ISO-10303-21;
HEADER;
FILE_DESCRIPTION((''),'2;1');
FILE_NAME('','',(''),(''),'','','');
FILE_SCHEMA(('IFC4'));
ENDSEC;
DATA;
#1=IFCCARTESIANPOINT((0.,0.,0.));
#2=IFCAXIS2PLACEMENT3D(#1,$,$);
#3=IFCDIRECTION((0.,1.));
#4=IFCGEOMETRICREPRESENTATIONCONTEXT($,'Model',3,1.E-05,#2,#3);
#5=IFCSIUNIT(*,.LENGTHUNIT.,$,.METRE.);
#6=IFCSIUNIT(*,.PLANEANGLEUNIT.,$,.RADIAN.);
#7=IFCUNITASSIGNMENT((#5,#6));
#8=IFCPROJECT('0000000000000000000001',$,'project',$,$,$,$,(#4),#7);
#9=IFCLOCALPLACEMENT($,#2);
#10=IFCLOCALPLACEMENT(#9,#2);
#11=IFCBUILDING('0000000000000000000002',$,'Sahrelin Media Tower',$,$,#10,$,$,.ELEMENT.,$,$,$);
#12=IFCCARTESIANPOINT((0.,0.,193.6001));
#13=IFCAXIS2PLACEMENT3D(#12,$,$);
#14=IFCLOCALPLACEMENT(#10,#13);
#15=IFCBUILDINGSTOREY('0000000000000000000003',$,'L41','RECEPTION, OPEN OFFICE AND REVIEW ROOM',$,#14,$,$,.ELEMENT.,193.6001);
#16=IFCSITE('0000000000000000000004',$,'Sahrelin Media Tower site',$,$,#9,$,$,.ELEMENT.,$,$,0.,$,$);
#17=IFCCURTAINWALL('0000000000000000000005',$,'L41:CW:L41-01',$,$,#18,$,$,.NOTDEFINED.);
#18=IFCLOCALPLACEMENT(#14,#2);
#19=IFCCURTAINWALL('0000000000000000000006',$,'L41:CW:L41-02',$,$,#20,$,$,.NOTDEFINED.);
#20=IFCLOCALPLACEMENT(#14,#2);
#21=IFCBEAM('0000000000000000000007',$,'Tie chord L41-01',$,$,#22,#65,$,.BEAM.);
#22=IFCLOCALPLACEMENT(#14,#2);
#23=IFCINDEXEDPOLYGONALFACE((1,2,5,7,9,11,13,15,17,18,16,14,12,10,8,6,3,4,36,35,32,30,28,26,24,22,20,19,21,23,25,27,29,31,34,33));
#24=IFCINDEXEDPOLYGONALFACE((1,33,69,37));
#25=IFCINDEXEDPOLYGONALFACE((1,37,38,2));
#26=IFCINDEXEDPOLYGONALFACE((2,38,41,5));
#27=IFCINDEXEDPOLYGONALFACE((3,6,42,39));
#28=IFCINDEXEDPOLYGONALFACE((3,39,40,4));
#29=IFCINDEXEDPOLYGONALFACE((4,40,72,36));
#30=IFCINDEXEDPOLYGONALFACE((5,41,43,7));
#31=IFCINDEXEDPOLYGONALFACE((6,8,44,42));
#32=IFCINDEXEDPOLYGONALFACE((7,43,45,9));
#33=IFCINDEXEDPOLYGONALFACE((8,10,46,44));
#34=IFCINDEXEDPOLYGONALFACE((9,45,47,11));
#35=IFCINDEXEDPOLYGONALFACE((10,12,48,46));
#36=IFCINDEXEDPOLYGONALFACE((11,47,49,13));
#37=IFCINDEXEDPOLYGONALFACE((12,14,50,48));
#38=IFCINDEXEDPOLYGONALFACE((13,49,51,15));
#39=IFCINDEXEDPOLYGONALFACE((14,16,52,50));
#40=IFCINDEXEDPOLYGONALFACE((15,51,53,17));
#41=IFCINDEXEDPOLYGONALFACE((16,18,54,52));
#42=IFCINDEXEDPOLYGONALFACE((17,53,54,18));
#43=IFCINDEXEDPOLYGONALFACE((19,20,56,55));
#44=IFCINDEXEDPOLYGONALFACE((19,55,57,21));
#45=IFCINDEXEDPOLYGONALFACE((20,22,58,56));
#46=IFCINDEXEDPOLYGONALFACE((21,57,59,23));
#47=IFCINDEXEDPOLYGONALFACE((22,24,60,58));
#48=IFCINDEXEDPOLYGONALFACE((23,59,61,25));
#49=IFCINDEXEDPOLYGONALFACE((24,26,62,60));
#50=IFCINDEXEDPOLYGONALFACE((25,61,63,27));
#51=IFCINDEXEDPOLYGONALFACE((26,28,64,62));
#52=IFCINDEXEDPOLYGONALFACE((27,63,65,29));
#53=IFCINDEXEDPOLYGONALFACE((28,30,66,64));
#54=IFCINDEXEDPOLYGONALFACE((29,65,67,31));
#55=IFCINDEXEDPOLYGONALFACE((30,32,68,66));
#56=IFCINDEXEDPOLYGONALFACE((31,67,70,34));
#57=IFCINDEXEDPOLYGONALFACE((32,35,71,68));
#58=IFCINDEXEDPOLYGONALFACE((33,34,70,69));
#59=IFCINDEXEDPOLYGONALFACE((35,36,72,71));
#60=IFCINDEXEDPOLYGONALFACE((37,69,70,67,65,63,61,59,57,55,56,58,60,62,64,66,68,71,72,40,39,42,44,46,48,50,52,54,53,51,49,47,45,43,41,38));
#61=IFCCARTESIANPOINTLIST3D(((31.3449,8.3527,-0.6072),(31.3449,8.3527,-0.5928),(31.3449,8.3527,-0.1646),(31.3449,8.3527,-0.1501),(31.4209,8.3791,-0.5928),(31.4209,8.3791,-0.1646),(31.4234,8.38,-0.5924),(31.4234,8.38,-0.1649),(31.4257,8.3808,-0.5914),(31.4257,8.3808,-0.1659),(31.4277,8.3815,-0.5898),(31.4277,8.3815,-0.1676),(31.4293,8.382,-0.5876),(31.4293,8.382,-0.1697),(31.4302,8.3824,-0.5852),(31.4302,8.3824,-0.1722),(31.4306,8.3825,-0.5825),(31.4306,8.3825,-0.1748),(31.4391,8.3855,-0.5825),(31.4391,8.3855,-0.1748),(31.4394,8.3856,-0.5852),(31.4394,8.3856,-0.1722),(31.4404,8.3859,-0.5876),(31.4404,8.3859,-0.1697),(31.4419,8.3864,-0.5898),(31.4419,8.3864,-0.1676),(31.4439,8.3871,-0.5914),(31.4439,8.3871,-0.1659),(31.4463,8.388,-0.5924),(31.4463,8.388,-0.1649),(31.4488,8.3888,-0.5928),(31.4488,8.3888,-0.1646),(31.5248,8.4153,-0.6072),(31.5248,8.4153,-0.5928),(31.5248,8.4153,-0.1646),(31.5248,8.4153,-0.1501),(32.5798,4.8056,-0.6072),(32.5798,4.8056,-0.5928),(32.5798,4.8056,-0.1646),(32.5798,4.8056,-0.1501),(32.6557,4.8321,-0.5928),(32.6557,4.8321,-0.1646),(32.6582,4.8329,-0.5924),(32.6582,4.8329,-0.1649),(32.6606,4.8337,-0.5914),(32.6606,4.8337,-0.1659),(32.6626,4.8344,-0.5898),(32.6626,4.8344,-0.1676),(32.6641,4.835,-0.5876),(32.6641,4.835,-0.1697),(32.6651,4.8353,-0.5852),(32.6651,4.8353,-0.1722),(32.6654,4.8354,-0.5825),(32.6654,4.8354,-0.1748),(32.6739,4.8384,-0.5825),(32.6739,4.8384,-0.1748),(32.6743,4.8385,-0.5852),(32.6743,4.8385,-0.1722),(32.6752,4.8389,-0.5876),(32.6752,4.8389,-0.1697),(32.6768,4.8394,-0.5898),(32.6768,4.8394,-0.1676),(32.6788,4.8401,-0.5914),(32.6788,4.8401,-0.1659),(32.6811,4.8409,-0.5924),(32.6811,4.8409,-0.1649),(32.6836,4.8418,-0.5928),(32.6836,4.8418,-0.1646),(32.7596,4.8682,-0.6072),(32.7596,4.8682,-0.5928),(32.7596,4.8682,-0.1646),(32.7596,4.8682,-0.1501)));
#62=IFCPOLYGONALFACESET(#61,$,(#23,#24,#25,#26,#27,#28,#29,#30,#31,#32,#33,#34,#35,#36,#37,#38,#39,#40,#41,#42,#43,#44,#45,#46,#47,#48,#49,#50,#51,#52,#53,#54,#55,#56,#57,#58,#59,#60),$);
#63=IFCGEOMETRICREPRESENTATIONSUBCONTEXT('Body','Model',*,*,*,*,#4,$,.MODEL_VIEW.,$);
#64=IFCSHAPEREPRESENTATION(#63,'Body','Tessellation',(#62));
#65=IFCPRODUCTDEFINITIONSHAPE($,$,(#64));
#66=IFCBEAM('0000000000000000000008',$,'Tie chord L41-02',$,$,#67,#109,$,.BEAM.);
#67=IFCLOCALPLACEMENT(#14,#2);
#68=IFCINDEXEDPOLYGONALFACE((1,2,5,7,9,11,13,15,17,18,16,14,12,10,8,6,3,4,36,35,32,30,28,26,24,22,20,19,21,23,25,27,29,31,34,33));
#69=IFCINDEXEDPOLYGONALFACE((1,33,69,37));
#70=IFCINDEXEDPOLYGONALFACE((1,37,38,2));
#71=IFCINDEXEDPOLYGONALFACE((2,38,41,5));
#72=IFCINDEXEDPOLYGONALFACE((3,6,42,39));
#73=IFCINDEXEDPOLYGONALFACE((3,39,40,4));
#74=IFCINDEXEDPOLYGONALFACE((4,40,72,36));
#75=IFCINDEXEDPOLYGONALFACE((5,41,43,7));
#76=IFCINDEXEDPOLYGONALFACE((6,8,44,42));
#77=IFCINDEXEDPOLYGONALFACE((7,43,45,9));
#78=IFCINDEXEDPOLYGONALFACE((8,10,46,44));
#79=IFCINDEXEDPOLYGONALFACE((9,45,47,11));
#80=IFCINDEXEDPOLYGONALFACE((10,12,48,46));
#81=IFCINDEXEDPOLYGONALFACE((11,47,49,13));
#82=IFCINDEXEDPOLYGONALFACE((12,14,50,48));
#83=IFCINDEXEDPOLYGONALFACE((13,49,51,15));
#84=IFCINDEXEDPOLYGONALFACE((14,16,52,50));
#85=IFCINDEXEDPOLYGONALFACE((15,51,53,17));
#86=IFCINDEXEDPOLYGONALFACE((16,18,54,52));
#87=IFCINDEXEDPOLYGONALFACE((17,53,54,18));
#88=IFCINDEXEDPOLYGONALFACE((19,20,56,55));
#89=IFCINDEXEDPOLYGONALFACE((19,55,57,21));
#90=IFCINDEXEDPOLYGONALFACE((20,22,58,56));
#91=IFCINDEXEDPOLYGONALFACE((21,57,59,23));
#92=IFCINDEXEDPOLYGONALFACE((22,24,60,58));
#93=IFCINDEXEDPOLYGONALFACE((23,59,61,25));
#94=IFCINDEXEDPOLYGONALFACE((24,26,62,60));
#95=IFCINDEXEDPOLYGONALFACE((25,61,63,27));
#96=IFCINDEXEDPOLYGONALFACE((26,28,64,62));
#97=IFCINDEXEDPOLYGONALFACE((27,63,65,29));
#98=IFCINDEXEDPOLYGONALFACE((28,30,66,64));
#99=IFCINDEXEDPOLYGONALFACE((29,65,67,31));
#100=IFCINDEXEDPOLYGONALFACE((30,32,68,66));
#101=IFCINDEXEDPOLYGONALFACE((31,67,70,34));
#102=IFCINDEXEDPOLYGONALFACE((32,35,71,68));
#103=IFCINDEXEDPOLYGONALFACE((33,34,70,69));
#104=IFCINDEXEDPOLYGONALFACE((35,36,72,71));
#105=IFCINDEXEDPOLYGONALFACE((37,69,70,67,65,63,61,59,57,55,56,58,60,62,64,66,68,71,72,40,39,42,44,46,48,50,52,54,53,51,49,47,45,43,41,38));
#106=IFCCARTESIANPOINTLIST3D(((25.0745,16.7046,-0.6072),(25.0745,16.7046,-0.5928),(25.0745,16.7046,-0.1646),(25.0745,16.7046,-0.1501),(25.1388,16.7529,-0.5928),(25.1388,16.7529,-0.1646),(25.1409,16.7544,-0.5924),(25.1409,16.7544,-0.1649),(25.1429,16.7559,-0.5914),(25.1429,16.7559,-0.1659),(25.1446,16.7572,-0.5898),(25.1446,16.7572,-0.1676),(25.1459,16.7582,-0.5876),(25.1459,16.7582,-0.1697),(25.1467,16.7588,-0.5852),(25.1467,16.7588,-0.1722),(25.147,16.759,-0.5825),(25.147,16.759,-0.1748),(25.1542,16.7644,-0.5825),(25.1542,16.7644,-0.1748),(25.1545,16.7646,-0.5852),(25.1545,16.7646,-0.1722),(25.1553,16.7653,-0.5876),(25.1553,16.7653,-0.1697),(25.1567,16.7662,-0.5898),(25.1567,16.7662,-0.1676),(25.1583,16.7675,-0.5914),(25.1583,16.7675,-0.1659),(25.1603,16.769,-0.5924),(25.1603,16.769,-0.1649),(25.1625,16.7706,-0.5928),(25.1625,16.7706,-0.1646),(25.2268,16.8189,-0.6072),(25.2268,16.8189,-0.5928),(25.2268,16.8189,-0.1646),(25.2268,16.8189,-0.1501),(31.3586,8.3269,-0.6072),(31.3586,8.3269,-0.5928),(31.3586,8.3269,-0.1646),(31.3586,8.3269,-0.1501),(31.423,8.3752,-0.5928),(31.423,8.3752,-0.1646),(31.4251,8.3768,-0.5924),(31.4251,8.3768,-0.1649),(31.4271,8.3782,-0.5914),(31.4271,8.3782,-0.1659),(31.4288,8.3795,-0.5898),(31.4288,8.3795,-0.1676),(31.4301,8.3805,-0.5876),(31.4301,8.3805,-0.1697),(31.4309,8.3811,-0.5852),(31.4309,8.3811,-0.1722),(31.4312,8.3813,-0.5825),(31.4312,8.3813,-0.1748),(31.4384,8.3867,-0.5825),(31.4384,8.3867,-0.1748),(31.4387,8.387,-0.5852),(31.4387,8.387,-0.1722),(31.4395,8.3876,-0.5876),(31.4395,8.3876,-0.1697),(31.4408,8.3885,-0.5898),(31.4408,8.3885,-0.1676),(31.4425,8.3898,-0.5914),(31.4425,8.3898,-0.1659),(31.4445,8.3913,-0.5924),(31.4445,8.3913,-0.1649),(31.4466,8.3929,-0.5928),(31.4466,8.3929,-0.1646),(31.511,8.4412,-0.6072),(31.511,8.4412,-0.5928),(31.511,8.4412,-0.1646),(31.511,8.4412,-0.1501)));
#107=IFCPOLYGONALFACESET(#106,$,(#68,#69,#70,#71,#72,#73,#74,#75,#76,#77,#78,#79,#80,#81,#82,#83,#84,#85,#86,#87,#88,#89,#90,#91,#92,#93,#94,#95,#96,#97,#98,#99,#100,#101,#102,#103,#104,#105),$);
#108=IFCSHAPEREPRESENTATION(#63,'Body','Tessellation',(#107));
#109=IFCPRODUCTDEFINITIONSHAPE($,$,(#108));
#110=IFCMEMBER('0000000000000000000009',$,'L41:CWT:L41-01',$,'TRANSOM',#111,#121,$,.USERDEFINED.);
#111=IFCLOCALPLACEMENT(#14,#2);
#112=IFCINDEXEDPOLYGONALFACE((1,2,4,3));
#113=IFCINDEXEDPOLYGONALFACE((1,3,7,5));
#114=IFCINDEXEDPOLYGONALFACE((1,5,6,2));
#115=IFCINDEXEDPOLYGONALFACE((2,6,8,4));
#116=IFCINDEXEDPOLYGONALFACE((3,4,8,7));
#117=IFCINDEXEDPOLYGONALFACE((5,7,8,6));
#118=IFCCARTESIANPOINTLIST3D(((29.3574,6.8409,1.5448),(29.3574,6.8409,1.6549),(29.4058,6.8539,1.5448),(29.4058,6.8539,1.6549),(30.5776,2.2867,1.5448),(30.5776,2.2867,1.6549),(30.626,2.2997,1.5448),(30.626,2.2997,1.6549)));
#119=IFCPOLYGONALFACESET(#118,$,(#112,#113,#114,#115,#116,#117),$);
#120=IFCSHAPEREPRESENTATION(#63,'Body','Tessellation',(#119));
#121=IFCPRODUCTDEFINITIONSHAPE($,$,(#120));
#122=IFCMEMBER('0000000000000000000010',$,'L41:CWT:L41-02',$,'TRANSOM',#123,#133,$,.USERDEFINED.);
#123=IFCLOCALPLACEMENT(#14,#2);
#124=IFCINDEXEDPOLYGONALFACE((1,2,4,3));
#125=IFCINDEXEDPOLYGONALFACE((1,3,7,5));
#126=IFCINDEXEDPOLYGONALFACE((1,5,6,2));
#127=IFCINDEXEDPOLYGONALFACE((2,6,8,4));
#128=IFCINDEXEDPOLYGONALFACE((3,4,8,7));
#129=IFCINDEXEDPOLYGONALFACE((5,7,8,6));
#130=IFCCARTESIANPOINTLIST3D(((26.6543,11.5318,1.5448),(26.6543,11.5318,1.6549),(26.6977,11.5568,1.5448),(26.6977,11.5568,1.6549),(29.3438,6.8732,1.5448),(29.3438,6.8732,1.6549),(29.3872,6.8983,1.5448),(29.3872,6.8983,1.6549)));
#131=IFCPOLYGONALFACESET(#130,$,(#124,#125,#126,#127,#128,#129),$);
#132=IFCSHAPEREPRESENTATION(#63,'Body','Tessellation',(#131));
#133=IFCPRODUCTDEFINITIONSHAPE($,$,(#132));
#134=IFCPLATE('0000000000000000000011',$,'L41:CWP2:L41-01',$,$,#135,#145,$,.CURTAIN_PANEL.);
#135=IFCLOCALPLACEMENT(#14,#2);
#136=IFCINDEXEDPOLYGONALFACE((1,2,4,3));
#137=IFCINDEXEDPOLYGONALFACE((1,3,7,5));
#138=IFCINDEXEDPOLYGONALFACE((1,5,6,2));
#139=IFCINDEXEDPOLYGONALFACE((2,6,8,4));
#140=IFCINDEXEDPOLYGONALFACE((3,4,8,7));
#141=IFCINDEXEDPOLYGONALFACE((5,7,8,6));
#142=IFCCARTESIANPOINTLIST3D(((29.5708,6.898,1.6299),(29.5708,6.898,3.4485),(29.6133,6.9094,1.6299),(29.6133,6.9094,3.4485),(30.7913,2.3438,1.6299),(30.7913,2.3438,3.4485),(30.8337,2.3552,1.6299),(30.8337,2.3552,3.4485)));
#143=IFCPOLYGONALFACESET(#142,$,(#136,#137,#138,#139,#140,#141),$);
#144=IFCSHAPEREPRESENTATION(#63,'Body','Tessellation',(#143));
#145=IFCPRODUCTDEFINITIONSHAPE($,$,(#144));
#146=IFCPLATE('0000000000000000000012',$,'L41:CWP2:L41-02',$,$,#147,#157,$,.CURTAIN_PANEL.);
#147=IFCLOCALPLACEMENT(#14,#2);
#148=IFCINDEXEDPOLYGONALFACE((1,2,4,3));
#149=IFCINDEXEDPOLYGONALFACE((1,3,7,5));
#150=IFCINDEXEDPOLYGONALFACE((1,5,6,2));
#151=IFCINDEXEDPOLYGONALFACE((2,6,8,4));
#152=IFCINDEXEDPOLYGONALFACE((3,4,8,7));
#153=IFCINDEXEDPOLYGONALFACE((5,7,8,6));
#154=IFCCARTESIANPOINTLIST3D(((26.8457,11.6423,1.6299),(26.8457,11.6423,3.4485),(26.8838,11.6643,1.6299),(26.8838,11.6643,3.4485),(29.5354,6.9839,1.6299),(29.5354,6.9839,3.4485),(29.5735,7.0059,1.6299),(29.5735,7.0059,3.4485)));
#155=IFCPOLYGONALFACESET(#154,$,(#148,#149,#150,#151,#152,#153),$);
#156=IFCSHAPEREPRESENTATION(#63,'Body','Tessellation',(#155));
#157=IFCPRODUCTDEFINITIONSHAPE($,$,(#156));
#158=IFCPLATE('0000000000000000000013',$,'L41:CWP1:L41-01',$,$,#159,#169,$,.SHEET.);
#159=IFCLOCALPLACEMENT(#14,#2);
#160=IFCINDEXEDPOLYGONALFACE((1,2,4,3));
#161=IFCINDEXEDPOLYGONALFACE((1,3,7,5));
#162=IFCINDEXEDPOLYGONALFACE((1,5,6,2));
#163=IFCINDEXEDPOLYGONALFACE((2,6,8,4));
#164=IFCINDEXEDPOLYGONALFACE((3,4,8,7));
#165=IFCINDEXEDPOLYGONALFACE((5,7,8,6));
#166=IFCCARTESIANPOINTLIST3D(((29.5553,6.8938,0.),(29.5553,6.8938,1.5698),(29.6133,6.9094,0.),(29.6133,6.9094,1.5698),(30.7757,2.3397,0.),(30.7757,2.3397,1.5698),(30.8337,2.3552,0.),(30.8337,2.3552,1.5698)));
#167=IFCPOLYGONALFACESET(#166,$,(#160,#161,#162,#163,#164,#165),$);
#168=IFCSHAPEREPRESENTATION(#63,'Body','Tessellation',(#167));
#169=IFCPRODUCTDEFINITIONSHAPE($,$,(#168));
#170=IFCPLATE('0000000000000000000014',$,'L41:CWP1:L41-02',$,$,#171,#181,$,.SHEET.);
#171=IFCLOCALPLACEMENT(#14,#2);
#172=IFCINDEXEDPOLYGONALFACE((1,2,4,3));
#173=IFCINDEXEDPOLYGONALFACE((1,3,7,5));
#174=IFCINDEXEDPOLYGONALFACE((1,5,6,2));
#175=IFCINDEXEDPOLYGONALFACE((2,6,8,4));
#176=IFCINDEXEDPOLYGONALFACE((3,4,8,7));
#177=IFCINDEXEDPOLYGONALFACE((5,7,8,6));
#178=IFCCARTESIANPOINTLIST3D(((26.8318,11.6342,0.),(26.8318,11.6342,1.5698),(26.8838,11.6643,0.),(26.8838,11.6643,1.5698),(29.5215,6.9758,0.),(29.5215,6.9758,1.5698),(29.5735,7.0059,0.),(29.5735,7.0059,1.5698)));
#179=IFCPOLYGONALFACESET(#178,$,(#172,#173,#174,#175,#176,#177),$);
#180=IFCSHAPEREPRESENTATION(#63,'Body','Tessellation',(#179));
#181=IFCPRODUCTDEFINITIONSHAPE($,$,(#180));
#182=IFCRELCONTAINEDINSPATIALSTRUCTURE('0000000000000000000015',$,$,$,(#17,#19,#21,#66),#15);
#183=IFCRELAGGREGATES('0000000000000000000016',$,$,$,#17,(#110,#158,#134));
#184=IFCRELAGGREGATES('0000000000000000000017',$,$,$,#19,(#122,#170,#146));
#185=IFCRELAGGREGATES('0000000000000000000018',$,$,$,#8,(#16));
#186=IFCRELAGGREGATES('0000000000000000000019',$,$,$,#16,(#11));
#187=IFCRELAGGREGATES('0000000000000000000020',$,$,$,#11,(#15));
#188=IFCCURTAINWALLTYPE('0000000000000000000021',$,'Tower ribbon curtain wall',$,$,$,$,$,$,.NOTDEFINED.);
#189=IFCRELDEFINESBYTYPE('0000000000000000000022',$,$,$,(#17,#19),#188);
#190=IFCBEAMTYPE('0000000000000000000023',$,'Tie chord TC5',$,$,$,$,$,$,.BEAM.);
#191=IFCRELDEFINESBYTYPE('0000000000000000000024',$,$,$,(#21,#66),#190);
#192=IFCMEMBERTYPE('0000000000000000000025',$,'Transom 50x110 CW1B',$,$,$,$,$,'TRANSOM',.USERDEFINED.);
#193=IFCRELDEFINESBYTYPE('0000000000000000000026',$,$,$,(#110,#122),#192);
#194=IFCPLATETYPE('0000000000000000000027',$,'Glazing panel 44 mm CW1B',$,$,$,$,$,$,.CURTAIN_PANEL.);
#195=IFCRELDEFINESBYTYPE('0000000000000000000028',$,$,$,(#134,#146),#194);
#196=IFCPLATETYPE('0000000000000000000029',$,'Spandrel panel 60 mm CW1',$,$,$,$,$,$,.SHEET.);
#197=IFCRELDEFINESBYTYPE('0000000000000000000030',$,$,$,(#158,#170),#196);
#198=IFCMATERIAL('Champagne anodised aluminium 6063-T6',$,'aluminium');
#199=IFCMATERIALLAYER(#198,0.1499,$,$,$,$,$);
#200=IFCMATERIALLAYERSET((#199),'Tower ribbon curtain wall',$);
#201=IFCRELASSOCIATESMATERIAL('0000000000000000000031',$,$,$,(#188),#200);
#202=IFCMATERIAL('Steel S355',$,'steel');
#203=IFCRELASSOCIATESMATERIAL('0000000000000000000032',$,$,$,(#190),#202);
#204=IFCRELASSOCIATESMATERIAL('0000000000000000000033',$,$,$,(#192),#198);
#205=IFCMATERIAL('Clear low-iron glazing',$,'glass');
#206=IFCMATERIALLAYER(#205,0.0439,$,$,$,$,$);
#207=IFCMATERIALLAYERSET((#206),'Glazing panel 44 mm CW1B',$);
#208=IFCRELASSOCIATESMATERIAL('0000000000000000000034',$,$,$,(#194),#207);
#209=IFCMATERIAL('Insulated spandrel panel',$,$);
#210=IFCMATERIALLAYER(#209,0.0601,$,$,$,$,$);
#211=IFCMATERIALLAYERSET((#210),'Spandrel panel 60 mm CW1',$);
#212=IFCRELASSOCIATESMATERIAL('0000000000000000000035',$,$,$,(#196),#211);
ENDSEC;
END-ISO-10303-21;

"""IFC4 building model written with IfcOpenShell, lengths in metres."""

from ifc_helpers import new_model, si_unit, direction, frame, origin, origin_2d, place, context, subcontext, project, spatial, polyline, rectangle, i_section, outline, extrude, material, layer, layer_set, material_profile, profile_set, type_object, element, aggregate, save


model = new_model("IFC4")

# Units and contexts
model_context = context("Model", 3, precision=1e-05, world=origin(), true_north=direction((0.0, 1.0)))
body_context = subcontext(model_context, "Body", "Model", "MODEL_VIEW")
ifc_project = project(units=[si_unit("LENGTHUNIT", "METRE"), si_unit("PLANEANGLEUNIT", "RADIAN")], contexts=[model_context])

# Site, building, storey
site_placement = place(None, origin())
site = spatial("IfcSite", under=ifc_project, at=site_placement, Name="Sahrelin Media Tower site", CompositionType="ELEMENT", RefElevation=0.0)
building_placement = place(site_placement, origin())
building = spatial("IfcBuilding", under=site, at=building_placement, Name="Sahrelin Media Tower", CompositionType="ELEMENT")
storey_placement = place(building_placement, frame((0.0, 0.0, 193.6001)))
storey = spatial("IfcBuildingStorey", under=building, at=storey_placement, Name="L41", Description="RECEPTION, OPEN OFFICE AND REVIEW ROOM", CompositionType="ELEMENT", Elevation=193.6001)

# Shared definitions
ifc_material_1 = material(Name="Steel S355", Category="steel")

# Curtain walls
ifc_material_2 = material(Name="Champagne anodised aluminium 6063-T6", Category="aluminium")
ifc_layer_1 = layer(ifc_material_2, 0.1499)
ifc_layer_set_1 = layer_set([ifc_layer_1], Name="Tower ribbon curtain wall")
curtain_wall_type = type_object("IfcCurtainWallType", Name="Tower ribbon curtain wall", PredefinedType="NOTDEFINED", material=ifc_layer_set_1)
curtain_wall_1_placement = place(storey_placement, frame((30.2041, 4.6272, 0.0), z_axis=(0.0, 0.0, 1.0), x_axis=(1.0, 0.0, 0.0)))
curtain_wall_1 = element("IfcCurtainWall", 1, at=curtain_wall_1_placement, inside=storey, type_object=curtain_wall_type, Name="L41:CW:L41-01", PredefinedType="NOTDEFINED")
curtain_wall_2_placement = place(storey_placement, frame((28.2112, 9.325, 0.0), z_axis=(0.0, 0.0, 1.0), x_axis=(1.0, 0.0, 0.0)))
curtain_wall_2 = element("IfcCurtainWall", 2, at=curtain_wall_2_placement, inside=storey, type_object=curtain_wall_type, Name="L41:CW:L41-02", PredefinedType="NOTDEFINED")

# Beams
ifc_material_profile_1 = material_profile(ifc_material_1, i_section(OverallWidth=0.1904, OverallDepth=0.457, WebThickness=0.009, FlangeThickness=0.0144, FilletRadius=0.0103, at=origin_2d()), Name="UB 457x191x74")
ifc_profile_set_1 = profile_set([ifc_material_profile_1], Name="Steel S355")
beam_type_1 = type_object("IfcBeamType", Name="Tie chord TC5", PredefinedType="BEAM", material=ifc_profile_set_1)
beam_1_placement = place(storey_placement, frame((32.6697, 4.8369, -0.3787), z_axis=(-0.328778, 0.944407, 0.0), x_axis=(-0.944407, -0.328778, 0.0)))
element("IfcBeam", 3, at=beam_1_placement, inside=storey, type_object=beam_type_1, Name="Tie chord L41-01", PredefinedType="BEAM", context=body_context, shape_type="SweptSolid", body=[
    extrude(i_section(OverallWidth=0.1904, OverallDepth=0.457, WebThickness=0.009, FlangeThickness=0.0144, FilletRadius=0.0103, at=origin_2d()), origin(), (0.0, 0.0, 1.0), 3.7559),
])
beam_2_placement = place(storey_placement, frame((31.4348, 8.384, -0.3787), z_axis=(-0.600056, 0.799958, 0.0), x_axis=(-0.799958, -0.600056, 0.0)))
element("IfcBeam", 4, at=beam_2_placement, inside=storey, type_object=beam_type_1, Name="Tie chord L41-02", PredefinedType="BEAM", context=body_context, shape_type="SweptSolid", body=[
    extrude(i_section(OverallWidth=0.1904, OverallDepth=0.457, WebThickness=0.009, FlangeThickness=0.0144, FilletRadius=0.0103, at=origin_2d()), origin(), (0.0, 0.0, 1.0), 10.4727),
])

# Members
ifc_material_profile_2 = material_profile(ifc_material_2, rectangle(XDim=0.05, YDim=0.1101, at=origin_2d()), Name="Transom 50x110")
ifc_profile_set_2 = profile_set([ifc_material_profile_2], Name="Champagne anodised aluminium 6063-T6")
member_type_1 = type_object("IfcMemberType", Name="Transom 50x110 CW1B", ElementType="TRANSOM", PredefinedType="USERDEFINED", material=ifc_profile_set_2)
member_1_placement = place(storey_placement, frame((30.6018, 2.2932, 1.5999), z_axis=(-0.258803, 0.96593, 0.0), x_axis=(-0.96593, -0.258803, 0.0)))
member_1 = element("IfcMember", 5, at=member_1_placement, type_object=member_type_1, Name="L41:CWT:L41-01", ObjectType="TRANSOM", PredefinedType="USERDEFINED", context=body_context, shape_type="SweptSolid", body=[
    extrude(rectangle(XDim=0.05, YDim=0.1101, at=origin_2d()), origin(), (0.0, 0.0, 1.0), 4.7148),
])
member_2_placement = place(storey_placement, frame((29.3655, 6.8857, 1.5999), z_axis=(-0.499986, 0.866034, 0.0), x_axis=(-0.866034, -0.499986, 0.0)))
member_2 = element("IfcMember", 6, at=member_2_placement, type_object=member_type_1, Name="L41:CWT:L41-02", ObjectType="TRANSOM", PredefinedType="USERDEFINED", context=body_context, shape_type="SweptSolid", body=[
    extrude(rectangle(XDim=0.05, YDim=0.1101, at=origin_2d()), origin(), (0.0, 0.0, 1.0), 5.3792),
])

# Plates
ifc_material_3 = material(Name="Clear low-iron glazing", Category="glass")
ifc_layer_2 = layer(ifc_material_3, 0.0439)
ifc_layer_set_2 = layer_set([ifc_layer_2], Name="Glazing panel 44 mm CW1B")
plate_type_1 = type_object("IfcPlateType", Name="Glazing panel 44 mm CW1B", PredefinedType="CURTAIN_PANEL", material=ifc_layer_set_2)
plate_1_placement = place(storey_placement, frame((30.8337, 2.3552, 1.6299), z_axis=(0.965917, 0.258852, 0.0), x_axis=(-0.258852, 0.965917, 0.0)))
plate_1 = element("IfcPlate", 7, at=plate_1_placement, type_object=plate_type_1, Name="L41:CWP2:L41-01", PredefinedType="CURTAIN_PANEL", context=body_context, shape_type="SweptSolid", body=[
    extrude(outline(polyline([(0.0, 0.0), (4.7148, 0.0), (4.7148, 1.8186), (0.0, 1.8186), (0.0, 0.0)])), origin(), (0.0, 0.0, -1.0), 0.0439),
])
plate_2_placement = place(storey_placement, frame((29.5735, 7.0059, 1.6299), z_axis=(0.866014, 0.50002, 0.0), x_axis=(-0.50002, 0.866014, 0.0)))
plate_2 = element("IfcPlate", 8, at=plate_2_placement, type_object=plate_type_1, Name="L41:CWP2:L41-02", PredefinedType="CURTAIN_PANEL", context=body_context, shape_type="SweptSolid", body=[
    extrude(outline(polyline([(0.0, 0.0), (5.3792, 0.0), (5.3792, 1.8186), (0.0, 1.8186), (0.0, 0.0)])), origin(), (0.0, 0.0, -1.0), 0.0439),
])
ifc_material_4 = material(Name="Insulated spandrel panel")
ifc_layer_3 = layer(ifc_material_4, 0.0601)
ifc_layer_set_3 = layer_set([ifc_layer_3], Name="Spandrel panel 60 mm CW1")
plate_type_2 = type_object("IfcPlateType", Name="Spandrel panel 60 mm CW1", PredefinedType="SHEET", material=ifc_layer_set_3)
plate_3_placement = place(storey_placement, frame((30.8337, 2.3552, 0.0), z_axis=(0.965917, 0.258852, 0.0), x_axis=(-0.258852, 0.965917, 0.0)))
plate_3 = element("IfcPlate", 9, at=plate_3_placement, type_object=plate_type_2, Name="L41:CWP1:L41-01", PredefinedType="SHEET", context=body_context, shape_type="SweptSolid", body=[
    extrude(outline(polyline([(0.0, 0.0), (4.7148, 0.0), (4.7148, 1.5698), (0.0, 1.5698), (0.0, 0.0)])), origin(), (0.0, 0.0, -1.0), 0.0601),
])
aggregate(curtain_wall_1, [member_1, plate_3, plate_1])
plate_4_placement = place(storey_placement, frame((29.5735, 7.0059, 0.0), z_axis=(0.866014, 0.50002, 0.0), x_axis=(-0.50002, 0.866014, 0.0)))
plate_4 = element("IfcPlate", 10, at=plate_4_placement, type_object=plate_type_2, Name="L41:CWP1:L41-02", PredefinedType="SHEET", context=body_context, shape_type="SweptSolid", body=[
    extrude(outline(polyline([(0.0, 0.0), (5.3792, 0.0), (5.3792, 1.5698), (0.0, 1.5698), (0.0, 0.0)])), origin(), (0.0, 0.0, -1.0), 0.0601),
])
aggregate(curtain_wall_2, [member_2, plate_4, plate_2])

save(model, "model.ifc")
